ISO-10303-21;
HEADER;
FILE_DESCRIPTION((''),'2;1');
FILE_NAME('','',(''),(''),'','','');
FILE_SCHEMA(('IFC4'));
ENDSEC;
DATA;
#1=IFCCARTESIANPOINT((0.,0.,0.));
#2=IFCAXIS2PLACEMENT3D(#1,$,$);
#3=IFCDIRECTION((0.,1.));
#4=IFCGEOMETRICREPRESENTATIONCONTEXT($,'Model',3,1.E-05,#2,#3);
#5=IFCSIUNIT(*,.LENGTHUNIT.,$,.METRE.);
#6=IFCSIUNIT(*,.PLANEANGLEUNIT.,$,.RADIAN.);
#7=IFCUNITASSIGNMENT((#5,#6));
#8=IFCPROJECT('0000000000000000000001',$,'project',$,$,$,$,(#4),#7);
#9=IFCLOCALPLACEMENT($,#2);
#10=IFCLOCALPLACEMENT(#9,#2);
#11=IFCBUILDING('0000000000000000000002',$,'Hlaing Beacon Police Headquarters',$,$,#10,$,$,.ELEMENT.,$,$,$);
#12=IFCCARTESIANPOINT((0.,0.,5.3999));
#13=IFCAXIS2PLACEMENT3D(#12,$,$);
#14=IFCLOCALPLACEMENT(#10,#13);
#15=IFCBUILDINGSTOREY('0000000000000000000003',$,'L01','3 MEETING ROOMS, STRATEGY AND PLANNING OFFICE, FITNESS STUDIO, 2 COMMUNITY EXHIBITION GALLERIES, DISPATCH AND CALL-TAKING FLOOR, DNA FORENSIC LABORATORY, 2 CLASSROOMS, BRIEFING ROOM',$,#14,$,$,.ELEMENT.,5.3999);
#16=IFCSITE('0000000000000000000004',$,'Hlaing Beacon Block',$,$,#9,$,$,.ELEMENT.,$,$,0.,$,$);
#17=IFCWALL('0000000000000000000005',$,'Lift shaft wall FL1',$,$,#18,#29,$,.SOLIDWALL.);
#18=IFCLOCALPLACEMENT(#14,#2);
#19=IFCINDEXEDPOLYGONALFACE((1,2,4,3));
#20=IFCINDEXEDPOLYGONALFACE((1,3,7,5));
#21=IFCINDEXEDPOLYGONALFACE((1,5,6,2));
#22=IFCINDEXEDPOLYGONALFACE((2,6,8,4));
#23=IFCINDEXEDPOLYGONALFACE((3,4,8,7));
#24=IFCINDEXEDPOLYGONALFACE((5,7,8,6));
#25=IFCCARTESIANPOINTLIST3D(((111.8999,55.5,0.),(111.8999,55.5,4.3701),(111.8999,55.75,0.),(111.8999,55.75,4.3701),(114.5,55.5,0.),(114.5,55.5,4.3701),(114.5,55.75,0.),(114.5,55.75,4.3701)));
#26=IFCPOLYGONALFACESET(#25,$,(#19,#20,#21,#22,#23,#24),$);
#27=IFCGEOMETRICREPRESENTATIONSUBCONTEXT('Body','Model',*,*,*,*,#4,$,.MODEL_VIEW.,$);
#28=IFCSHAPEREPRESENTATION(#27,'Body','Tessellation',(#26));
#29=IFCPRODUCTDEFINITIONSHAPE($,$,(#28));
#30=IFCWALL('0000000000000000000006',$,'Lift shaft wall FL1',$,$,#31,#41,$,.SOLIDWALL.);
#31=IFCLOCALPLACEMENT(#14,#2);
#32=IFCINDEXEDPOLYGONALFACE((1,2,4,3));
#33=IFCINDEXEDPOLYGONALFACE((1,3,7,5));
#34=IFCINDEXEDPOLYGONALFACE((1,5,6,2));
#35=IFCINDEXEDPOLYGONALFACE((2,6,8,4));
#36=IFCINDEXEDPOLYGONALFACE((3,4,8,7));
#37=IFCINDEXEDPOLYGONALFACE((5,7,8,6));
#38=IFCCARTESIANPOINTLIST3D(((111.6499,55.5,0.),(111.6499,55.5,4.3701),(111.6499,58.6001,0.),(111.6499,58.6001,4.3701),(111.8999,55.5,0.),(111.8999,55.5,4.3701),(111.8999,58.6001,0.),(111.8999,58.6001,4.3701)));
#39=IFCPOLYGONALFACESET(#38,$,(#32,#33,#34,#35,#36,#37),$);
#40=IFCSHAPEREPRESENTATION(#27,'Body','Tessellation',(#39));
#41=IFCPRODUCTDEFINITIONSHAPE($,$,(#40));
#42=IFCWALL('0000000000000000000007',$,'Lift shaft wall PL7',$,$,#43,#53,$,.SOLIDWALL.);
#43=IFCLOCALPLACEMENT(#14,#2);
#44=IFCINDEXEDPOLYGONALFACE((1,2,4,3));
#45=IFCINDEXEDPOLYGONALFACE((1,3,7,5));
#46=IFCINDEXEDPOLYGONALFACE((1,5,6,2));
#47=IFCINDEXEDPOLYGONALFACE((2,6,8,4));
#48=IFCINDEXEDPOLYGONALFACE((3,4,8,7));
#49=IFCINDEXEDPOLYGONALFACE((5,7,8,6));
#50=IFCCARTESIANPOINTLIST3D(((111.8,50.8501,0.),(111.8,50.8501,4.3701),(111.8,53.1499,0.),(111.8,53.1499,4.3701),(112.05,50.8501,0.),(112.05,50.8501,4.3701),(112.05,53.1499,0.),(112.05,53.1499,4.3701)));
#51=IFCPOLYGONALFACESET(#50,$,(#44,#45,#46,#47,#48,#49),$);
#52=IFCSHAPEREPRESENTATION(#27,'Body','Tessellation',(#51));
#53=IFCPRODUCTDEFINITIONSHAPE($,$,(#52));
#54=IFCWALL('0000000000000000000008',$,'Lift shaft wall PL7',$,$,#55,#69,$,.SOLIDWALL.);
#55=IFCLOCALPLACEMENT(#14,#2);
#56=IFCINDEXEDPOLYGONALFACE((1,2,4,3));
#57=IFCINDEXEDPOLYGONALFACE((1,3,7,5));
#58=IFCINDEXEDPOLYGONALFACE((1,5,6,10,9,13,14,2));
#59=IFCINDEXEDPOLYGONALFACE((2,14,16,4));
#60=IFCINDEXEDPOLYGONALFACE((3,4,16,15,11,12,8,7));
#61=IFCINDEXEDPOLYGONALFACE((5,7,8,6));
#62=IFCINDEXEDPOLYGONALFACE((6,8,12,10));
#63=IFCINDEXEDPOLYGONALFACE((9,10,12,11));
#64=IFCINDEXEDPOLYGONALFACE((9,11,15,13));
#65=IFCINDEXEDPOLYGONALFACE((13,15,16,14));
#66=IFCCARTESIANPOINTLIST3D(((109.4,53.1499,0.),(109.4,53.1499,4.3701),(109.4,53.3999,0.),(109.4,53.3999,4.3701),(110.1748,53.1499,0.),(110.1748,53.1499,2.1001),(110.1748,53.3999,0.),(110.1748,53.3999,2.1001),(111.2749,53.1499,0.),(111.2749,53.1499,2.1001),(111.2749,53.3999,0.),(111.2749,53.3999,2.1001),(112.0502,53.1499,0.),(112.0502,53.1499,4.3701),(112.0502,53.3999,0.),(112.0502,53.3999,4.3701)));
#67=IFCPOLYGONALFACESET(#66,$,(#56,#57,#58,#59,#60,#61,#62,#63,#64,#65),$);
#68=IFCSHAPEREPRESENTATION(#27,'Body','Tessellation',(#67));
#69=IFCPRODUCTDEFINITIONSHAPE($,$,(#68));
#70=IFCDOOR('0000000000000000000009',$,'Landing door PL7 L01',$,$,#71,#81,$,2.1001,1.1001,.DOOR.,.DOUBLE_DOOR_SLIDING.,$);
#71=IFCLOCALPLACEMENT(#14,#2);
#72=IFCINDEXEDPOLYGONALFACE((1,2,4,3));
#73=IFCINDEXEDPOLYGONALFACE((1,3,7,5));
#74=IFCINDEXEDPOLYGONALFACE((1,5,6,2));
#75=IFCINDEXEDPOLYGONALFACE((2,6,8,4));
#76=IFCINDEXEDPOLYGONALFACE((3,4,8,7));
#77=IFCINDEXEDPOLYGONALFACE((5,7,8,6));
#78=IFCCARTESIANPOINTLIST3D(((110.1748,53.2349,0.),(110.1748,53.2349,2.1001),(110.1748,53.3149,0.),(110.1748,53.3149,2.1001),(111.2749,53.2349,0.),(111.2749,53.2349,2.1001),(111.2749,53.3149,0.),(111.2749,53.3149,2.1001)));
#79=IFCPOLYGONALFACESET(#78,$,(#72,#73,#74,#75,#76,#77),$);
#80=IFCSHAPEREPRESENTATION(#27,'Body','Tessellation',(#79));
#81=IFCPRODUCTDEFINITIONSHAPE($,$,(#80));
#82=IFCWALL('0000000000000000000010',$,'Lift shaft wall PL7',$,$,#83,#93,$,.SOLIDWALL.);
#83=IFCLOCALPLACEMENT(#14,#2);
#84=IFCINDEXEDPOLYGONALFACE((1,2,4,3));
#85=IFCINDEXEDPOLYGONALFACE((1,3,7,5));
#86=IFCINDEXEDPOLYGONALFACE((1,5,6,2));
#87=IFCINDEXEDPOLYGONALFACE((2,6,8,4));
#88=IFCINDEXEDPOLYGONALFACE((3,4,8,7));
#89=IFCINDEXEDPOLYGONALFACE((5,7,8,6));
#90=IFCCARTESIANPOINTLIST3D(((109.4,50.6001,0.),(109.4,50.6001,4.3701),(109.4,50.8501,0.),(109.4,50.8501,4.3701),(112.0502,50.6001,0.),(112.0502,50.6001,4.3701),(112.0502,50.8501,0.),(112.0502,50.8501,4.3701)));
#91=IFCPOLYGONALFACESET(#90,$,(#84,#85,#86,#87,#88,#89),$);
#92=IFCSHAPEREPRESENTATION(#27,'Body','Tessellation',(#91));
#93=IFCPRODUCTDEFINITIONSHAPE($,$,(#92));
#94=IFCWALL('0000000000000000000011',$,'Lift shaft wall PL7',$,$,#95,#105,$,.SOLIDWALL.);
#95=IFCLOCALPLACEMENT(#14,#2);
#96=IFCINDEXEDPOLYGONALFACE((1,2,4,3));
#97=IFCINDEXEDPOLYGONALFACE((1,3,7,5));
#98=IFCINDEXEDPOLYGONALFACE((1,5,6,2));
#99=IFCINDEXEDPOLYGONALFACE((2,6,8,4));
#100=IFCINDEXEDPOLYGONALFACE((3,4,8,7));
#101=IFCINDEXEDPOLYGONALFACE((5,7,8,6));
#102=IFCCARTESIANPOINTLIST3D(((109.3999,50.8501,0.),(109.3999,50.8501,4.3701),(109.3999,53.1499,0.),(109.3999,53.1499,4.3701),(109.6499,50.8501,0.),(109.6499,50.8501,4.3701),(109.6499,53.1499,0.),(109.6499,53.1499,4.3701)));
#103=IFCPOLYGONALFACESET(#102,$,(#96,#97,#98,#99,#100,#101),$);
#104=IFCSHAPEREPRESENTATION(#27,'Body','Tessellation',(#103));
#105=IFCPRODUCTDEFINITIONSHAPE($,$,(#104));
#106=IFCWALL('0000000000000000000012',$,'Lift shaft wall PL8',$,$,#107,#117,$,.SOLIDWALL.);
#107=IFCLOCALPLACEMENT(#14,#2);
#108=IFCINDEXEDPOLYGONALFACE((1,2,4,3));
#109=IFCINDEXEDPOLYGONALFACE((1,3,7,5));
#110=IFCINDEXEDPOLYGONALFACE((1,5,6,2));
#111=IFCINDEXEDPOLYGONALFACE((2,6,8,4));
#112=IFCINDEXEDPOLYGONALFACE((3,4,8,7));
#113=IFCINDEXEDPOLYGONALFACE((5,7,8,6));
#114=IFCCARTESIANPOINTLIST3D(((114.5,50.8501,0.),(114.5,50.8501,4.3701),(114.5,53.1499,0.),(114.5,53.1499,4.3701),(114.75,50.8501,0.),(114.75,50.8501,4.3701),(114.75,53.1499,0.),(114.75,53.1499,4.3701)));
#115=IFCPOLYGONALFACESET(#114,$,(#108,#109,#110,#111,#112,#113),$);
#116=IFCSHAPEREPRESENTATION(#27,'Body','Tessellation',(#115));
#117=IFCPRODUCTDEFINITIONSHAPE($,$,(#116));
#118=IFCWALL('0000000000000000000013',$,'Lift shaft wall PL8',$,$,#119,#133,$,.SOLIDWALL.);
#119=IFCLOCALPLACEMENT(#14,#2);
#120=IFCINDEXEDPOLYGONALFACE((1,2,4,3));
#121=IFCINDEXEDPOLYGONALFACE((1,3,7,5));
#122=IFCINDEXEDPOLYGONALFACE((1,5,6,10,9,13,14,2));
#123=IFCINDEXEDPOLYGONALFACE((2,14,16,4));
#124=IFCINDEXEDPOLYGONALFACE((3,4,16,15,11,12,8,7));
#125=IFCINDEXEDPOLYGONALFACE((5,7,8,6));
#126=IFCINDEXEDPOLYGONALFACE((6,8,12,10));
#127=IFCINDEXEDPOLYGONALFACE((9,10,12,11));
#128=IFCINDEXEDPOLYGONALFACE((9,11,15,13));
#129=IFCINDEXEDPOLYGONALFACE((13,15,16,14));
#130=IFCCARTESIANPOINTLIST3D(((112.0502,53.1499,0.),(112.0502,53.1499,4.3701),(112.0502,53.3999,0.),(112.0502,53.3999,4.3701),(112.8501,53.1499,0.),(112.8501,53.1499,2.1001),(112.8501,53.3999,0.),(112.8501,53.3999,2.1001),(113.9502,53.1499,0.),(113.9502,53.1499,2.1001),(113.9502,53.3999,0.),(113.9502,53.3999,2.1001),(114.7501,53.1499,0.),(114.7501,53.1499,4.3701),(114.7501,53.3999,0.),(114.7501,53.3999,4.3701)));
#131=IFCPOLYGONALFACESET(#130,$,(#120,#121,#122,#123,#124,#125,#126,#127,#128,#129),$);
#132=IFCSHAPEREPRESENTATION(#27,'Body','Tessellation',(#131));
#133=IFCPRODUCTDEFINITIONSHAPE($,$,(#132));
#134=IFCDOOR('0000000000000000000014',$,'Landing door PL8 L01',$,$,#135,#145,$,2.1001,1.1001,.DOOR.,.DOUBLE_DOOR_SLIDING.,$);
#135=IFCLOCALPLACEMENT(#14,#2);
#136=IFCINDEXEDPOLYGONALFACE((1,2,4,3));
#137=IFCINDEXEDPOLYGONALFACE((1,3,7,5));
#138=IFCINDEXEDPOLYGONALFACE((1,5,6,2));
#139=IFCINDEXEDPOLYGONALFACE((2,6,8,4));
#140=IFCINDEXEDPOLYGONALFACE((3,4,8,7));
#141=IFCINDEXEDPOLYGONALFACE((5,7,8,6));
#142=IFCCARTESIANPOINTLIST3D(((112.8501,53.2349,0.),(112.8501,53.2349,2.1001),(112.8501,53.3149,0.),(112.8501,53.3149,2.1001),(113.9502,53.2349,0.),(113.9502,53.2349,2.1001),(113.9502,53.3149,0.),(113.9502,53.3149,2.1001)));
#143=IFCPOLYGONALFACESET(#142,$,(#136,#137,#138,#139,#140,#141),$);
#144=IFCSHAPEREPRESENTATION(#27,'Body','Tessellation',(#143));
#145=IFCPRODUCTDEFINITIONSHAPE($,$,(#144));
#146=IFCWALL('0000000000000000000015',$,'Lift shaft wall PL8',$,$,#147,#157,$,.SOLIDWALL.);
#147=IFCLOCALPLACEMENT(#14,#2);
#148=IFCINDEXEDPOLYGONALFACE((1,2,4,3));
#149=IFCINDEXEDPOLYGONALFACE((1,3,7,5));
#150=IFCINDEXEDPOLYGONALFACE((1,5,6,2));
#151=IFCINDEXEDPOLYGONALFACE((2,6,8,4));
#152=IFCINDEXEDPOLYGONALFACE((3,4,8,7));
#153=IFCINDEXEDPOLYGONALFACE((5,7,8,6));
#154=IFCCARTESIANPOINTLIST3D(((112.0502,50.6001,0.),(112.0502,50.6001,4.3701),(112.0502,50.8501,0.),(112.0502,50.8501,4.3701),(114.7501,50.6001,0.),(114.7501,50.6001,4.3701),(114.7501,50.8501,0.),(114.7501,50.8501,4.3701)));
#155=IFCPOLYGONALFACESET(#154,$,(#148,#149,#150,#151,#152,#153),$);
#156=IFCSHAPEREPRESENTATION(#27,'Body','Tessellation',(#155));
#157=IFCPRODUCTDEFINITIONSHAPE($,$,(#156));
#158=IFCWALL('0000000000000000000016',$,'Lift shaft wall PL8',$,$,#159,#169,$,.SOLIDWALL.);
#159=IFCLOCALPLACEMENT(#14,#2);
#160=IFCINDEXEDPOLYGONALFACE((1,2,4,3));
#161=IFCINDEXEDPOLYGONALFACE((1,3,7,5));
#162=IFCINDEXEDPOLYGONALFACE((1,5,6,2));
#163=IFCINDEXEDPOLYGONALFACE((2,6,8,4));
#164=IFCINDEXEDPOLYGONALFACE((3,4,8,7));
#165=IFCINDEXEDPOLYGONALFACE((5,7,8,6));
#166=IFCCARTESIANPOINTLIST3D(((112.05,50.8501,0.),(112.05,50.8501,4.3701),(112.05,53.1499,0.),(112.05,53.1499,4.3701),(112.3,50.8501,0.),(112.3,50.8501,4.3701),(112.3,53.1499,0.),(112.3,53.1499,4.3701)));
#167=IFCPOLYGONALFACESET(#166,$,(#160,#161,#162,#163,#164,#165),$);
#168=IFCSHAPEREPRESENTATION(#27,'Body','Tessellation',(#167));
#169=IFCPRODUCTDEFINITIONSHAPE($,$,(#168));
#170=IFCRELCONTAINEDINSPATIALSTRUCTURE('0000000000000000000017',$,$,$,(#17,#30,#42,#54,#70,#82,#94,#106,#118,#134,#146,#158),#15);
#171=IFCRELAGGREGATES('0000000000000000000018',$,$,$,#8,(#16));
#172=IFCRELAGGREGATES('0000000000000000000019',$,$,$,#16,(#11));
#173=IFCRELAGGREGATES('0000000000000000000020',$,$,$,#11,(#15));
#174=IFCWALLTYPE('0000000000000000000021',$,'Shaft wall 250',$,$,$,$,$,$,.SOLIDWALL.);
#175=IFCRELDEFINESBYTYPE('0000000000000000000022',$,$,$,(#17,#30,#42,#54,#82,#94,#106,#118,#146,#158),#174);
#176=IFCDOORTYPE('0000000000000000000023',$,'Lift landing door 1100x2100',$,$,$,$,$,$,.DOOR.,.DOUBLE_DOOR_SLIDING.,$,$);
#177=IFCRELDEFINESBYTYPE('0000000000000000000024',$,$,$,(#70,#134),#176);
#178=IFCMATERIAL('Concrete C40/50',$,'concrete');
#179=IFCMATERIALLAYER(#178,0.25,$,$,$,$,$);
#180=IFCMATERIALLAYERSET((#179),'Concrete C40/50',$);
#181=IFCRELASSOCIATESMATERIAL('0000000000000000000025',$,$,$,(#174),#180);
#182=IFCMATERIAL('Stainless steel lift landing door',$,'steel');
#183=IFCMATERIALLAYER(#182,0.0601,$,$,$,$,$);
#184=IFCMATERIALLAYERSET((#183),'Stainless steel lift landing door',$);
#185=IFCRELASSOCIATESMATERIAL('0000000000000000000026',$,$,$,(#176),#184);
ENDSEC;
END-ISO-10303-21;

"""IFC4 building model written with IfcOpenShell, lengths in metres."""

from ifc_helpers import new_model, si_unit, direction, frame, frame_2d, origin, place, context, subcontext, project, spatial, rectangle, extrude, material, layer, layer_set, type_object, element, fill, save


model = new_model("IFC4")

# Units and contexts
model_context = context("Model", 3, precision=1e-05, world=origin(), true_north=direction((0.0, 1.0)))
body_context = subcontext(model_context, "Body", "Model", "MODEL_VIEW")
ifc_project = project(units=[si_unit("LENGTHUNIT", "METRE"), si_unit("PLANEANGLEUNIT", "RADIAN")], contexts=[model_context])

# Site, building, storey
site_placement = place(None, origin())
site = spatial("IfcSite", under=ifc_project, at=site_placement, Name="Hlaing Beacon Block", CompositionType="ELEMENT", RefElevation=0.0)
building_placement = place(site_placement, origin())
building = spatial("IfcBuilding", under=site, at=building_placement, Name="Hlaing Beacon Police Headquarters", CompositionType="ELEMENT")
storey_placement = place(building_placement, frame((0.0, 0.0, 5.3999)))
storey = spatial("IfcBuildingStorey", under=building, at=storey_placement, Name="L01", Description="3 MEETING ROOMS, STRATEGY AND PLANNING OFFICE, FITNESS STUDIO, 2 COMMUNITY EXHIBITION GALLERIES, DISPATCH AND CALL-TAKING FLOOR, DNA FORENSIC LABORATORY, 2 CLASSROOMS, BRIEFING ROOM", CompositionType="ELEMENT", Elevation=5.3999)

# Shared definitions
ifc_material_1 = material(Name="Concrete C40/50", Category="concrete")
ifc_layer_1 = layer(ifc_material_1, 0.25)
ifc_layer_set_1 = layer_set([ifc_layer_1], Name="Concrete C40/50")
wall_type_1 = type_object("IfcWallType", Name="Shaft wall 250", PredefinedType="SOLIDWALL", material=ifc_layer_set_1)
ifc_material_2 = material(Name="Stainless steel lift landing door", Category="steel")
ifc_layer_2 = layer(ifc_material_2, 0.0601)
ifc_layer_set_2 = layer_set([ifc_layer_2], Name="Stainless steel lift landing door")
door_type_1 = type_object("IfcDoorType", Name="Lift landing door 1100x2100", OperationType="DOUBLE_DOOR_SLIDING", PredefinedType="DOOR", material=ifc_layer_set_2)

# Walls
wall_1_placement = place(storey_placement, frame((111.8999, 55.625, 0.0), z_axis=(0.0, 0.0, 1.0), x_axis=(1.0, 0.0, 0.0)))
element("IfcWall", 1, at=wall_1_placement, inside=storey, type_object=wall_type_1, Name="Lift shaft wall FL1", PredefinedType="SOLIDWALL", context=body_context, shape_type="SweptSolid", body=[
    extrude(rectangle(XDim=2.6001, YDim=0.25, at=frame_2d((1.3, 0.0))), origin(), (0.0, 0.0, 1.0), 4.3701),
])
wall_2_placement = place(storey_placement, frame((111.7749, 55.5, 0.0), z_axis=(0.0, 0.0, 1.0), x_axis=(0.0, 1.0, 0.0)))
element("IfcWall", 2, at=wall_2_placement, inside=storey, type_object=wall_type_1, Name="Lift shaft wall FL1", PredefinedType="SOLIDWALL", context=body_context, shape_type="SweptSolid", body=[
    extrude(rectangle(XDim=3.1001, YDim=0.25, at=frame_2d((1.55, 0.0))), origin(), (0.0, 0.0, 1.0), 4.3701),
])
wall_3_placement = place(storey_placement, frame((111.925, 50.8501, 0.0), z_axis=(0.0, 0.0, 1.0), x_axis=(0.0, 1.0, 0.0)))
element("IfcWall", 3, at=wall_3_placement, inside=storey, type_object=wall_type_1, Name="Lift shaft wall PL7", PredefinedType="SOLIDWALL", context=body_context, shape_type="SweptSolid", body=[
    extrude(rectangle(XDim=2.2998, YDim=0.25, at=frame_2d((1.1499, 0.0))), origin(), (0.0, 0.0, 1.0), 4.3701),
])

# Wall, opening, door
wall_4_placement = place(storey_placement, frame((109.3999, 53.2749, 0.0), z_axis=(0.0, 0.0, 1.0), x_axis=(1.0, 0.0, 0.0)))
wall_4 = element("IfcWall", 4, at=wall_4_placement, inside=storey, type_object=wall_type_1, Name="Lift shaft wall PL7", PredefinedType="SOLIDWALL", context=body_context, shape_type="SweptSolid", body=[
    extrude(rectangle(XDim=2.6501, YDim=0.25, at=frame_2d((1.3252, 0.0))), origin(), (0.0, 0.0, 1.0), 4.3701),
])
opening_1_placement = place(wall_4_placement, frame((0.7749, 0.0, 0.0)))
opening_1 = element("IfcOpeningElement", 5, at=opening_1_placement, cuts=wall_4, PredefinedType="OPENING", context=body_context, shape_type="SweptSolid", body=[
    extrude(rectangle(XDim=1.1001, YDim=2.1001, at=frame_2d((0.55, 1.05))), frame((0.0, 0.135, 0.0), z_axis=(0.0, -1.0, 0.0), x_axis=(1.0, 0.0, 0.0)), (0.0, 0.0, 1.0), 0.27),
])
door_1_placement = place(opening_1_placement, origin())
door_1 = element("IfcDoor", 6, at=door_1_placement, inside=storey, type_object=door_type_1, Name="Landing door PL7 L01", OperationType="DOUBLE_DOOR_SLIDING", OverallHeight=2.1001, OverallWidth=1.1001, PredefinedType="DOOR", context=body_context, shape_type="SweptSolid", body=[
    extrude(rectangle(XDim=1.1001, YDim=2.1001, at=frame_2d((0.55, 1.05))), frame((0.0, 0.04, 0.0), z_axis=(0.0, -1.0, 0.0), x_axis=(1.0, 0.0, 0.0)), (0.0, 0.0, 1.0), 0.0801),
])
fill(opening_1, door_1)

# Walls
wall_5_placement = place(storey_placement, frame((109.3999, 50.7251, 0.0), z_axis=(0.0, 0.0, 1.0), x_axis=(1.0, 0.0, 0.0)))
element("IfcWall", 7, at=wall_5_placement, inside=storey, type_object=wall_type_1, Name="Lift shaft wall PL7", PredefinedType="SOLIDWALL", context=body_context, shape_type="SweptSolid", body=[
    extrude(rectangle(XDim=2.6501, YDim=0.25, at=frame_2d((1.3252, 0.0))), origin(), (0.0, 0.0, 1.0), 4.3701),
])
for number, where, z_axis, x_axis, name in (
    (8, (109.5249, 50.8501, 0.0), (0.0, 0.0, 1.0), (0.0, 1.0, 0.0), "Lift shaft wall PL7"),
    (9, (114.625, 50.8501, 0.0), (0.0, 0.0, 1.0), (0.0, 1.0, 0.0), "Lift shaft wall PL8"),
):
    element("IfcWall", number, at=place(storey_placement, frame(where, z_axis=z_axis, x_axis=x_axis)), inside=storey, type_object=wall_type_1, Name=name, PredefinedType="SOLIDWALL", context=body_context, shape_type="SweptSolid", body=[
        extrude(rectangle(XDim=2.2998, YDim=0.25, at=frame_2d((1.1499, 0.0))), origin(), (0.0, 0.0, 1.0), 4.3701),
    ])

# Wall, opening, door
wall_6_placement = place(storey_placement, frame((112.05, 53.2749, 0.0), z_axis=(0.0, 0.0, 1.0), x_axis=(1.0, 0.0, 0.0)))
wall_6 = element("IfcWall", 10, at=wall_6_placement, inside=storey, type_object=wall_type_1, Name="Lift shaft wall PL8", PredefinedType="SOLIDWALL", context=body_context, shape_type="SweptSolid", body=[
    extrude(rectangle(XDim=2.7, YDim=0.25, at=frame_2d((1.3501, 0.0))), origin(), (0.0, 0.0, 1.0), 4.3701),
])
opening_2_placement = place(wall_6_placement, frame((0.8, 0.0, 0.0)))
opening_2 = element("IfcOpeningElement", 11, at=opening_2_placement, cuts=wall_6, PredefinedType="OPENING", context=body_context, shape_type="SweptSolid", body=[
    extrude(rectangle(XDim=1.1001, YDim=2.1001, at=frame_2d((0.55, 1.05))), frame((0.0, 0.135, 0.0), z_axis=(0.0, -1.0, 0.0), x_axis=(1.0, 0.0, 0.0)), (0.0, 0.0, 1.0), 0.27),
])
door_2_placement = place(opening_2_placement, origin())
door_2 = element("IfcDoor", 12, at=door_2_placement, inside=storey, type_object=door_type_1, Name="Landing door PL8 L01", OperationType="DOUBLE_DOOR_SLIDING", OverallHeight=2.1001, OverallWidth=1.1001, PredefinedType="DOOR", context=body_context, shape_type="SweptSolid", body=[
    extrude(rectangle(XDim=1.1001, YDim=2.1001, at=frame_2d((0.55, 1.05))), frame((0.0, 0.04, 0.0), z_axis=(0.0, -1.0, 0.0), x_axis=(1.0, 0.0, 0.0)), (0.0, 0.0, 1.0), 0.0801),
])
fill(opening_2, door_2)

# Walls
wall_7_placement = place(storey_placement, frame((112.05, 50.7251, 0.0), z_axis=(0.0, 0.0, 1.0), x_axis=(1.0, 0.0, 0.0)))
element("IfcWall", 13, at=wall_7_placement, inside=storey, type_object=wall_type_1, Name="Lift shaft wall PL8", PredefinedType="SOLIDWALL", context=body_context, shape_type="SweptSolid", body=[
    extrude(rectangle(XDim=2.7, YDim=0.25, at=frame_2d((1.3501, 0.0))), origin(), (0.0, 0.0, 1.0), 4.3701),
])
wall_8_placement = place(storey_placement, frame((112.175, 50.8501, 0.0), z_axis=(0.0, 0.0, 1.0), x_axis=(0.0, 1.0, 0.0)))
element("IfcWall", 14, at=wall_8_placement, inside=storey, type_object=wall_type_1, Name="Lift shaft wall PL8", PredefinedType="SOLIDWALL", context=body_context, shape_type="SweptSolid", body=[
    extrude(rectangle(XDim=2.2998, YDim=0.25, at=frame_2d((1.1499, 0.0))), origin(), (0.0, 0.0, 1.0), 4.3701),
])

save(model, "model.ifc")
